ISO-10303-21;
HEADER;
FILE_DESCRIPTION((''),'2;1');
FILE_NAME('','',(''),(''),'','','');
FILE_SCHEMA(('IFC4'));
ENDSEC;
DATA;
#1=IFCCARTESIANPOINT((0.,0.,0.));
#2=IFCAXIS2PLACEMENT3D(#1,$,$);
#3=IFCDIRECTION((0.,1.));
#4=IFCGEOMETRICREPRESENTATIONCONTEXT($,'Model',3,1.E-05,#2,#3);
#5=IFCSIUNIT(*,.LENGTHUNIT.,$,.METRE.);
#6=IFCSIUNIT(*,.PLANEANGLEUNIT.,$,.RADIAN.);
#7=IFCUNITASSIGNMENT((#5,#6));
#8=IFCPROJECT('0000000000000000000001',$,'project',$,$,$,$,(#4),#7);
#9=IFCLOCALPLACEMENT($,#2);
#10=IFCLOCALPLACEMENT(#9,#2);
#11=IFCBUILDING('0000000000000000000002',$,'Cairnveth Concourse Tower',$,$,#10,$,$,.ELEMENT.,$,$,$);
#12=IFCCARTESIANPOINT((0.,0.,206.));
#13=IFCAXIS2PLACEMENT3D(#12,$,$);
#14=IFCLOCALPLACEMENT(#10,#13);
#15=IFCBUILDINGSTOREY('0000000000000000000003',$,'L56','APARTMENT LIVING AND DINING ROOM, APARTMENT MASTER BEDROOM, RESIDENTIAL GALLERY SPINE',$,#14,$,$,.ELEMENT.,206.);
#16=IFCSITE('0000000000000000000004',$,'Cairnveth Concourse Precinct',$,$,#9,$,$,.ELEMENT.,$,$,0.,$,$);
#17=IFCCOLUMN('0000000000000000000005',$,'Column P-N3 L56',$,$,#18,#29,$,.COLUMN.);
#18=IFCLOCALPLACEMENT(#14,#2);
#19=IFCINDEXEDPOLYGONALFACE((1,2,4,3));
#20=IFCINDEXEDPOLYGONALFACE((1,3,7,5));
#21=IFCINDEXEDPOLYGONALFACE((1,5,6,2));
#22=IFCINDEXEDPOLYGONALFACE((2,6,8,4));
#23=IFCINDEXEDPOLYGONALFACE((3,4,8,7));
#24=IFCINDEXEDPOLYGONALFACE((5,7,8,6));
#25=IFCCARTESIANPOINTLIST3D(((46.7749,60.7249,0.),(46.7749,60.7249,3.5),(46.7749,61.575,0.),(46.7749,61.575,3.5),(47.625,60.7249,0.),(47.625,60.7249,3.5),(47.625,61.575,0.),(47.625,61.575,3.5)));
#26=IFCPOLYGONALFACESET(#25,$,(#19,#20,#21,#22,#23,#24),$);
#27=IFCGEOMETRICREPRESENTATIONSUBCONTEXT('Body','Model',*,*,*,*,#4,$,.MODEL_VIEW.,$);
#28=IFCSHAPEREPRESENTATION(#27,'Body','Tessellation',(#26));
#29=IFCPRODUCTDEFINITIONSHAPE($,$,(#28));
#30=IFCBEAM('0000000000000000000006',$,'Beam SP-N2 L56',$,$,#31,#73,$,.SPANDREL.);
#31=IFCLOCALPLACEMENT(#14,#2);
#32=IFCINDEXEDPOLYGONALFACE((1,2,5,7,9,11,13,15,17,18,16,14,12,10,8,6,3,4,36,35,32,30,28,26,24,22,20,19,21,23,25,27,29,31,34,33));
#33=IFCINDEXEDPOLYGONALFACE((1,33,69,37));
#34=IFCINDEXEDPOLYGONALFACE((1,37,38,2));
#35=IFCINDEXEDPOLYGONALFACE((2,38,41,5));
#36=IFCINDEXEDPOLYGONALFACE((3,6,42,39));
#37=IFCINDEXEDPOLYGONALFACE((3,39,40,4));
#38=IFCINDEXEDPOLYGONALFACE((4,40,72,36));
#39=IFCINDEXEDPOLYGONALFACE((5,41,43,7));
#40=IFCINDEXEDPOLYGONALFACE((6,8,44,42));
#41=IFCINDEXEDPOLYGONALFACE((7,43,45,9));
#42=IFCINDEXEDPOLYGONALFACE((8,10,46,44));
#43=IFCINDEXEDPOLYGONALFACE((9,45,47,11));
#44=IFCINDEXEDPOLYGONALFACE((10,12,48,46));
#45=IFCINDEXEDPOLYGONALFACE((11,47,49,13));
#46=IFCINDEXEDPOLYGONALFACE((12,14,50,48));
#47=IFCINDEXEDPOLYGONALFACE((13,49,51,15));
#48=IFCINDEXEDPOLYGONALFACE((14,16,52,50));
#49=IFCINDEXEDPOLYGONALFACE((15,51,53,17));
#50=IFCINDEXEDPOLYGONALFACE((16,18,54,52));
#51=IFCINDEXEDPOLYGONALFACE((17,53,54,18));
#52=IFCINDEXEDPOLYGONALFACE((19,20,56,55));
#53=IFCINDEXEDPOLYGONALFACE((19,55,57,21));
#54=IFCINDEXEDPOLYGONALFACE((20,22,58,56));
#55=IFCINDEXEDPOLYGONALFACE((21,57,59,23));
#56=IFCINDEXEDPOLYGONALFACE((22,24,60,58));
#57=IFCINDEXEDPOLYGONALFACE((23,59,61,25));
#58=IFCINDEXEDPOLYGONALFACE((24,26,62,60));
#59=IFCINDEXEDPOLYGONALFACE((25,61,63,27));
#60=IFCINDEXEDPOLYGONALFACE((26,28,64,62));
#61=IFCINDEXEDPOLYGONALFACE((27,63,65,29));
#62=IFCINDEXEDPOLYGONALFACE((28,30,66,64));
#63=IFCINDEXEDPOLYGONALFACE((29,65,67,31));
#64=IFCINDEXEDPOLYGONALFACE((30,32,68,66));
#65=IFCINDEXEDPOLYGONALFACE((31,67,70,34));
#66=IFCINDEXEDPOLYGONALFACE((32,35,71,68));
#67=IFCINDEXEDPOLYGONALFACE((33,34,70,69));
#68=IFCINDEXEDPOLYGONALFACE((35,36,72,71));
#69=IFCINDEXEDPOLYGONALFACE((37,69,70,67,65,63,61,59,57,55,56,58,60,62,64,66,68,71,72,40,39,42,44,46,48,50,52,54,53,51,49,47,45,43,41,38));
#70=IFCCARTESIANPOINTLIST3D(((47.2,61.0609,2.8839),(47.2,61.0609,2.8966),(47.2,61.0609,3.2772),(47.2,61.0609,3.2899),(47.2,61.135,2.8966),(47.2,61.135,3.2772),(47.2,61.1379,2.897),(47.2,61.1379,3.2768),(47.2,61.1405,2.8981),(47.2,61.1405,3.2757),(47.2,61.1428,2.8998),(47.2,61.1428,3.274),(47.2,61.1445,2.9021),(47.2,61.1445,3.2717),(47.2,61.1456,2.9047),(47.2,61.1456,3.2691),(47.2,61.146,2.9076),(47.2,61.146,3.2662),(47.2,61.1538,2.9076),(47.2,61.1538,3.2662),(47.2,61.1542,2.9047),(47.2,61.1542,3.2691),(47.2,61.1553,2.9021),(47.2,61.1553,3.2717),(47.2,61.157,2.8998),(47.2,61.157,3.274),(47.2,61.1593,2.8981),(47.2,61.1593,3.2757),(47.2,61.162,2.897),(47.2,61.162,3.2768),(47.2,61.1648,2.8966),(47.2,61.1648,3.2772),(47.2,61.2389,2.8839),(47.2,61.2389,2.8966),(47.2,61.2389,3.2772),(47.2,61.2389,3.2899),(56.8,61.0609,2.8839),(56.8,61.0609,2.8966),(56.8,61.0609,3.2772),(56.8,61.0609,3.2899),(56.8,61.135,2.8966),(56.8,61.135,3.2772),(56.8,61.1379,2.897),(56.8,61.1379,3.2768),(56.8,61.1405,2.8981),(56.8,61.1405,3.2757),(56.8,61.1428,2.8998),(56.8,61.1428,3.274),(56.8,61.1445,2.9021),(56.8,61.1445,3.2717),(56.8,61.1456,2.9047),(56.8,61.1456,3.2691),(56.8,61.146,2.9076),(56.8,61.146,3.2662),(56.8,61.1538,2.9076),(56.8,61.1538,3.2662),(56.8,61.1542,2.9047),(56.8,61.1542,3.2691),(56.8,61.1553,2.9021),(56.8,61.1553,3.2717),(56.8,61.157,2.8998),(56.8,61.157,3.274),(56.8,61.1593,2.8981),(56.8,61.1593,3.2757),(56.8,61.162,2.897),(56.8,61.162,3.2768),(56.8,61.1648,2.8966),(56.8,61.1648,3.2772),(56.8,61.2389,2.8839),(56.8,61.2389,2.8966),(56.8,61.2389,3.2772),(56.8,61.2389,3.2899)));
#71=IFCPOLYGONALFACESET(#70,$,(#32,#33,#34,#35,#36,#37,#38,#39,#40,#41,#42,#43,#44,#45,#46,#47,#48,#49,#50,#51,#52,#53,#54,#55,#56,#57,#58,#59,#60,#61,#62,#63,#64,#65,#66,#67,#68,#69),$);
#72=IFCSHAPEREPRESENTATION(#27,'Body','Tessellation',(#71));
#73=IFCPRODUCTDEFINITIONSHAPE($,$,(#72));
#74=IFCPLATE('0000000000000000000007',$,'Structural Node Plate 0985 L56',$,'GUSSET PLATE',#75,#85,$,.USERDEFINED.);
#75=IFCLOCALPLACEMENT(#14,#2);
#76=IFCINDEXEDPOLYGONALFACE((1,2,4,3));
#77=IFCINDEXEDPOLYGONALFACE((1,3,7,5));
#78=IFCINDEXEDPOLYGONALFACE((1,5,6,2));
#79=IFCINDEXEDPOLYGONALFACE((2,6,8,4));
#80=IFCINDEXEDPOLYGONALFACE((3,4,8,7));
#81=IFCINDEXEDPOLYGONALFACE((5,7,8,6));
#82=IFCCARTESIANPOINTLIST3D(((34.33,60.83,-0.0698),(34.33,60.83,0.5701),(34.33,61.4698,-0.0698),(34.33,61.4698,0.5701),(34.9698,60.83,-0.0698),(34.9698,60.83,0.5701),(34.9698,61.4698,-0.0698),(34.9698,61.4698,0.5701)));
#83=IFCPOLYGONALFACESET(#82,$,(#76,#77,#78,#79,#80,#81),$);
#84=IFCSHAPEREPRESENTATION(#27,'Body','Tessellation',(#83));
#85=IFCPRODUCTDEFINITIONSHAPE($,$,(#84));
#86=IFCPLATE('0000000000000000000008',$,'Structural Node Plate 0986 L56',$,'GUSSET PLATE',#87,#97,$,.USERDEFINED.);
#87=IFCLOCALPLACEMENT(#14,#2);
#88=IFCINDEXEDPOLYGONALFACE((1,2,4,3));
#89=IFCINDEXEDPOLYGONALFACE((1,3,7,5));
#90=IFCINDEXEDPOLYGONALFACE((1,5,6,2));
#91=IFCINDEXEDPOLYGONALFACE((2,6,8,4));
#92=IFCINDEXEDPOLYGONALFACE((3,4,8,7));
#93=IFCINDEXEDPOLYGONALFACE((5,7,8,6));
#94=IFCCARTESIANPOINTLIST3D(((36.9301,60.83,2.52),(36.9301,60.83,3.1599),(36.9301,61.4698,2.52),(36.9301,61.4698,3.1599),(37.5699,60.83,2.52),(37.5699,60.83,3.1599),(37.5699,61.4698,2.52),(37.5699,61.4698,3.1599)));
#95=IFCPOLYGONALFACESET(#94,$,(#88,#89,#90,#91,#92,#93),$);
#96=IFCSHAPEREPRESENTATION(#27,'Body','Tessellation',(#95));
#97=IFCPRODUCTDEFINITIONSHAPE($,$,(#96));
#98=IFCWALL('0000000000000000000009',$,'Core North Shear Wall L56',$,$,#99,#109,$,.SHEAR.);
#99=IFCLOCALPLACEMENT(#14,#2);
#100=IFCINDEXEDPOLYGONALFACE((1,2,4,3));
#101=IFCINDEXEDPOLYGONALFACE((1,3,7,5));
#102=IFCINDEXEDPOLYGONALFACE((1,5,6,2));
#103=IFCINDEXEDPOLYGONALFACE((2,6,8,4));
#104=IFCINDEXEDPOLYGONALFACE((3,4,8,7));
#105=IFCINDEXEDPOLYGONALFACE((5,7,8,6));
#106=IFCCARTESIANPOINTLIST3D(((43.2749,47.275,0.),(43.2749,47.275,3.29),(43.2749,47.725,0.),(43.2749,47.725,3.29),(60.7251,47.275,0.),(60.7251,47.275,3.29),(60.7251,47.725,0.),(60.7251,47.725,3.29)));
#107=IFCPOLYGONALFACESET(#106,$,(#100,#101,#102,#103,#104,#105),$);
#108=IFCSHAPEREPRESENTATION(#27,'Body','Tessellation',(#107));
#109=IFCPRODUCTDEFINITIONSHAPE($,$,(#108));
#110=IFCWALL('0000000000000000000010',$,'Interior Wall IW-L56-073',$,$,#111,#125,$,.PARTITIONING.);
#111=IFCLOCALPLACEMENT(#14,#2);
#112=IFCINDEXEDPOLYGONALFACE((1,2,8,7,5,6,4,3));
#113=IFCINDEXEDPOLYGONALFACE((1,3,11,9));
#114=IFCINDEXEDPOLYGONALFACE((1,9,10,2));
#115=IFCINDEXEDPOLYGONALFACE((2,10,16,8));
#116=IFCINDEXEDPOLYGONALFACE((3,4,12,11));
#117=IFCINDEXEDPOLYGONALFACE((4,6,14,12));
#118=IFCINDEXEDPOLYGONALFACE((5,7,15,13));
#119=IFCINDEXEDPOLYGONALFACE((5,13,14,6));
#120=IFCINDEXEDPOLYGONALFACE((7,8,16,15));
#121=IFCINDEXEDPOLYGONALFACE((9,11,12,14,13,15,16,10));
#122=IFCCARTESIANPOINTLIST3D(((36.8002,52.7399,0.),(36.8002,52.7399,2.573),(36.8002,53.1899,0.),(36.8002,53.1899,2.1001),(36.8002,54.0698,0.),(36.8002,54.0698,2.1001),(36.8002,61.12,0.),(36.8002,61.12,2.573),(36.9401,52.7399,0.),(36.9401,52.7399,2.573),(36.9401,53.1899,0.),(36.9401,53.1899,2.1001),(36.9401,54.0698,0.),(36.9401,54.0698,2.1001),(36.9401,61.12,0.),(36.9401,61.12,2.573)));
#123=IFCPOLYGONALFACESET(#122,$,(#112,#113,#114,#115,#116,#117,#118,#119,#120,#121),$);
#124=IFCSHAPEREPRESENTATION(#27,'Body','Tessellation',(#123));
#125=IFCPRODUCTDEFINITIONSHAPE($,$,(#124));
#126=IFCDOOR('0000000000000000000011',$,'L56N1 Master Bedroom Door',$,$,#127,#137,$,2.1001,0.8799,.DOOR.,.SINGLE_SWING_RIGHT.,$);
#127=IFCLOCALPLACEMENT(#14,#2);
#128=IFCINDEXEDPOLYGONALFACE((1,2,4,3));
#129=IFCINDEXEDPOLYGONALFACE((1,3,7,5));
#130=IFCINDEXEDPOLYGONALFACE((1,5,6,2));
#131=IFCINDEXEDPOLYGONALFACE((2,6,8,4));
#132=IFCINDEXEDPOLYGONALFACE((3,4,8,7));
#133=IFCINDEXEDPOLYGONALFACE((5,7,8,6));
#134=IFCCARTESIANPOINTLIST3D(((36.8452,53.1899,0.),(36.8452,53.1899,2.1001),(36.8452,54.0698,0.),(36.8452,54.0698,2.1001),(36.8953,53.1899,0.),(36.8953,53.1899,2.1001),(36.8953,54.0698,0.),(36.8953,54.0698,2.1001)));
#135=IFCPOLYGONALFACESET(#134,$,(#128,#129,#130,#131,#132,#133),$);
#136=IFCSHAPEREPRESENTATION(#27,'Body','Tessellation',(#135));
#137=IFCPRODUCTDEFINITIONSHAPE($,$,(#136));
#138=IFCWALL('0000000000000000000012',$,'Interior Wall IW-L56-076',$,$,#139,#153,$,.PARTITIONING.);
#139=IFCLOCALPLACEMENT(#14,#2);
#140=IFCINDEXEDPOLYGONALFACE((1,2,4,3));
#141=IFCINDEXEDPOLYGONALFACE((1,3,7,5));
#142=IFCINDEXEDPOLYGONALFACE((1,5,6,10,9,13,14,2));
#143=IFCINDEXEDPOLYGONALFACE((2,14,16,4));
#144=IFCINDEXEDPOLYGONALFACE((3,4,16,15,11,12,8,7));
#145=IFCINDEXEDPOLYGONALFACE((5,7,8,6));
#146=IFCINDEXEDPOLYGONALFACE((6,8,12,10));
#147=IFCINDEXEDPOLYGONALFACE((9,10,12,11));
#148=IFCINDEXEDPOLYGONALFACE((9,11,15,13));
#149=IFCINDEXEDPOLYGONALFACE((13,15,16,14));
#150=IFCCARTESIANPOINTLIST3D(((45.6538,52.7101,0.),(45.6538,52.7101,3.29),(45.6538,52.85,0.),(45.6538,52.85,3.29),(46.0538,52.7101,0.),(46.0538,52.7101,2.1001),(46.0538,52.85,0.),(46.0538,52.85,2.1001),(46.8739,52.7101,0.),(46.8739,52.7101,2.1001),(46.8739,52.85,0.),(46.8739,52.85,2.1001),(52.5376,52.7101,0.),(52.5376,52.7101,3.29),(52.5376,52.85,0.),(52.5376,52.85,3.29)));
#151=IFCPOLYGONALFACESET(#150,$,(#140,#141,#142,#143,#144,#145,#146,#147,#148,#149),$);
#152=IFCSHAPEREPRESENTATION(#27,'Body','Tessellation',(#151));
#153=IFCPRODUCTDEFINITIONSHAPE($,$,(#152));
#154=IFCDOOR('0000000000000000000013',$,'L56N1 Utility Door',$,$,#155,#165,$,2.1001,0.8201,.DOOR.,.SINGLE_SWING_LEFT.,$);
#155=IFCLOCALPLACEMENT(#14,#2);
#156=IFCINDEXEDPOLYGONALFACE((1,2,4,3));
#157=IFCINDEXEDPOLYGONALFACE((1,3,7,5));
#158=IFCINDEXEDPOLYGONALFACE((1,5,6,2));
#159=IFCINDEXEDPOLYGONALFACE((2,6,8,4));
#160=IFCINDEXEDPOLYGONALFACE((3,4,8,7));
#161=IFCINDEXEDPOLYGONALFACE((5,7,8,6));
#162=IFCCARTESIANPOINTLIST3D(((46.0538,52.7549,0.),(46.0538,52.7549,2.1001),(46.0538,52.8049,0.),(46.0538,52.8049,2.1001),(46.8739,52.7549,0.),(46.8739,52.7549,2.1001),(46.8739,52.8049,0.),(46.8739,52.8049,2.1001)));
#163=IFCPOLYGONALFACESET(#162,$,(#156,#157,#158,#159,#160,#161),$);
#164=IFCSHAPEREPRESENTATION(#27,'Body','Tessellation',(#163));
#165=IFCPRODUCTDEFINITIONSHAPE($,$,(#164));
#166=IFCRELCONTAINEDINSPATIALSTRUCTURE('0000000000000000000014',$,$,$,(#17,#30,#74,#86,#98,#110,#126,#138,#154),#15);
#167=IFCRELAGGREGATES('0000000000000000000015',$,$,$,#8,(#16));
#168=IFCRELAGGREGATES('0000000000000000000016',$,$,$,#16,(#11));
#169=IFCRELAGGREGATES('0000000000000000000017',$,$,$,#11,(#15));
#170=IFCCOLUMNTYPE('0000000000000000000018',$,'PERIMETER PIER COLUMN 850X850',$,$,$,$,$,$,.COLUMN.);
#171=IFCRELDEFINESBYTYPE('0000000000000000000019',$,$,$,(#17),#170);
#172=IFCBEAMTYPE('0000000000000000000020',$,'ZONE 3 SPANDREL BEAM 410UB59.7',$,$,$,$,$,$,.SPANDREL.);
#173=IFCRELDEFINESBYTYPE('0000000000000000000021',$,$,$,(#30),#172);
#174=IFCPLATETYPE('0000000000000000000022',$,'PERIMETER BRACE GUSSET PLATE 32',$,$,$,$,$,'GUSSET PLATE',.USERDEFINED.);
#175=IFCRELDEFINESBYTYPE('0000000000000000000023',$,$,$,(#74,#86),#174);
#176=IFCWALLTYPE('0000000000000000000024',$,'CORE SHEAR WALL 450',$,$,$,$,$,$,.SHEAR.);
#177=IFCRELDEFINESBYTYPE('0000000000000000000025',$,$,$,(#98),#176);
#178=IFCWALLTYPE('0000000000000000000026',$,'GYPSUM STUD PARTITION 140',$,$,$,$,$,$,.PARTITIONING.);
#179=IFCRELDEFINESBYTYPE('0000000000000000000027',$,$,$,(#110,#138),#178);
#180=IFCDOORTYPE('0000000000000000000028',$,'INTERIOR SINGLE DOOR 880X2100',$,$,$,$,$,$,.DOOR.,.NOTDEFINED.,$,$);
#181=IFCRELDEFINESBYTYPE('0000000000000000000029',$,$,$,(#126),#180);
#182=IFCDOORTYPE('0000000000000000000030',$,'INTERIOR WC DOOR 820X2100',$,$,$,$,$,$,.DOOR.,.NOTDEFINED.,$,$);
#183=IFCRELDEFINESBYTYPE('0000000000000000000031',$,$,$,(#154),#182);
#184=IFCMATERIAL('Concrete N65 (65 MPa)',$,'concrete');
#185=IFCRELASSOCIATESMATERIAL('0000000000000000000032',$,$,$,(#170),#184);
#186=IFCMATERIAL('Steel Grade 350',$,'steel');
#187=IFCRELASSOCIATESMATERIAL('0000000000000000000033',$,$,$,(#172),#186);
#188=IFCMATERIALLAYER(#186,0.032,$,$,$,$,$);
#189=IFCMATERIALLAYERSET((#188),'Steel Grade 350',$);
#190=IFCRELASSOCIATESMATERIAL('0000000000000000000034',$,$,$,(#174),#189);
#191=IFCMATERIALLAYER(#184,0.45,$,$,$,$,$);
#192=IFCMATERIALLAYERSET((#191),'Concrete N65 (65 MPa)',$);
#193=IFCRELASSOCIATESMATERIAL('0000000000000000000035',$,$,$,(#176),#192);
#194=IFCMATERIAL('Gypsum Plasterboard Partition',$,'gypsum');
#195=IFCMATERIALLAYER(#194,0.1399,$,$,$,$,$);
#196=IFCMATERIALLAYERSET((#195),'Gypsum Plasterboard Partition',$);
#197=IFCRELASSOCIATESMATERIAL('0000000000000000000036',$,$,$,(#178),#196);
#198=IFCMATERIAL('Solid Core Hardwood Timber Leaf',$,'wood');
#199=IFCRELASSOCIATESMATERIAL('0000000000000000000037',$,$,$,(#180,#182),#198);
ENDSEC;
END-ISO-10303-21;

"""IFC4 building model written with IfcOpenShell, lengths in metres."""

from ifc_helpers import new_model, si_unit, direction, frame, frame_2d, origin, origin_2d, place, context, subcontext, project, spatial, rectangle, i_section, extrude, material, layer, layer_set, material_profile, profile_set, type_object, element, fill, save


model = new_model("IFC4")

# Units and contexts
model_context = context("Model", 3, precision=1e-05, world=origin(), true_north=direction((0.0, 1.0)))
body_context = subcontext(model_context, "Body", "Model", "MODEL_VIEW")
ifc_project = project(units=[si_unit("LENGTHUNIT", "METRE"), si_unit("PLANEANGLEUNIT", "RADIAN")], contexts=[model_context])

# Site, building, storey
site_placement = place(None, origin())
site = spatial("IfcSite", under=ifc_project, at=site_placement, Name="Cairnveth Concourse Precinct", CompositionType="ELEMENT", RefElevation=0.0)
building_placement = place(site_placement, origin())
building = spatial("IfcBuilding", under=site, at=building_placement, Name="Cairnveth Concourse Tower", CompositionType="ELEMENT")
storey_placement = place(building_placement, frame((0.0, 0.0, 206.0)))
storey = spatial("IfcBuildingStorey", under=building, at=storey_placement, Name="L56", Description="APARTMENT LIVING AND DINING ROOM, APARTMENT MASTER BEDROOM, RESIDENTIAL GALLERY SPINE", CompositionType="ELEMENT", Elevation=206.0)

# Column
ifc_material_1 = material(Name="Concrete N65 (65 MPa)", Category="concrete")
ifc_material_profile_1 = material_profile(ifc_material_1, rectangle(XDim=0.8501, YDim=0.8501, at=origin_2d()), Name="RC-COL-850x850")
ifc_profile_set_1 = profile_set([ifc_material_profile_1], Name="Concrete N65 (65 MPa)")
column_type = type_object("IfcColumnType", Name="PERIMETER PIER COLUMN 850X850", PredefinedType="COLUMN", material=ifc_profile_set_1)
column_placement = place(storey_placement, frame((47.2, 61.1499, 0.0), z_axis=(0.0, 0.0, 1.0), x_axis=(1.0, 0.0, 0.0)))
element("IfcColumn", 1, at=column_placement, inside=storey, type_object=column_type, Name="Column P-N3 L56", PredefinedType="COLUMN", context=body_context, shape_type="SweptSolid", body=[
    extrude(rectangle(XDim=0.8501, YDim=0.8501, at=origin_2d()), origin(), (0.0, 0.0, 1.0), 3.5),
])

# Beam
ifc_material_2 = material(Name="Steel Grade 350", Category="steel")
ifc_material_profile_2 = material_profile(ifc_material_2, i_section(OverallWidth=0.178, OverallDepth=0.406, WebThickness=0.0078, FlangeThickness=0.0127, FilletRadius=0.011, at=origin_2d()), Name="410UB59.7")
ifc_profile_set_2 = profile_set([ifc_material_profile_2], Name="Steel Grade 350")
beam_type = type_object("IfcBeamType", Name="ZONE 3 SPANDREL BEAM 410UB59.7", PredefinedType="SPANDREL", material=ifc_profile_set_2)
beam_placement = place(storey_placement, frame((47.2, 61.1499, 3.0869), z_axis=(1.0, 0.0, 0.0), x_axis=(0.0, 1.0, 0.0)))
element("IfcBeam", 2, at=beam_placement, inside=storey, type_object=beam_type, Name="Beam SP-N2 L56", PredefinedType="SPANDREL", context=body_context, shape_type="SweptSolid", body=[
    extrude(i_section(OverallWidth=0.178, OverallDepth=0.406, WebThickness=0.0078, FlangeThickness=0.0127, FilletRadius=0.011, at=origin_2d()), origin(), (0.0, 0.0, 1.0), 9.6001),
])

# Plates
ifc_layer_1 = layer(ifc_material_2, 0.032)
ifc_layer_set_1 = layer_set([ifc_layer_1], Name="Steel Grade 350")
plate_type = type_object("IfcPlateType", Name="PERIMETER BRACE GUSSET PLATE 32", ElementType="GUSSET PLATE", PredefinedType="USERDEFINED", material=ifc_layer_set_1)
for number, where, z_axis, x_axis, name in (
    (3, (34.6499, 61.1499, -0.0698), (0.0, 0.0, 1.0), (1.0, 0.0, 0.0), "Structural Node Plate 0985 L56"),
    (4, (37.25, 61.1499, 2.52), (0.0, 0.0, 1.0), (1.0, 0.0, 0.0), "Structural Node Plate 0986 L56"),
):
    element("IfcPlate", number, at=place(storey_placement, frame(where, z_axis=z_axis, x_axis=x_axis)), inside=storey, type_object=plate_type, Name=name, ObjectType="GUSSET PLATE", PredefinedType="USERDEFINED", context=body_context, shape_type="SweptSolid", body=[
        extrude(rectangle(XDim=0.6399, YDim=0.6399, at=origin_2d()), origin(), (0.0, 0.0, 1.0), 0.6399),
    ])

# Wall
ifc_layer_2 = layer(ifc_material_1, 0.45)
ifc_layer_set_2 = layer_set([ifc_layer_2], Name="Concrete N65 (65 MPa)")
wall_type_1 = type_object("IfcWallType", Name="CORE SHEAR WALL 450", PredefinedType="SHEAR", material=ifc_layer_set_2)
wall_1_placement = place(storey_placement, frame((43.2749, 47.5, 0.0), z_axis=(0.0, 0.0, 1.0), x_axis=(1.0, 0.0, 0.0)))
element("IfcWall", 5, at=wall_1_placement, inside=storey, type_object=wall_type_1, Name="Core North Shear Wall L56", PredefinedType="SHEAR", context=body_context, shape_type="SweptSolid", body=[
    extrude(rectangle(XDim=17.4502, YDim=0.45, at=frame_2d((8.7251, 0.0))), origin(), (0.0, 0.0, 1.0), 3.29),
])

# Walls, openings, doors
ifc_material_3 = material(Name="Gypsum Plasterboard Partition", Category="gypsum")
ifc_layer_3 = layer(ifc_material_3, 0.1399)
ifc_layer_set_3 = layer_set([ifc_layer_3], Name="Gypsum Plasterboard Partition")
wall_type_2 = type_object("IfcWallType", Name="GYPSUM STUD PARTITION 140", PredefinedType="PARTITIONING", material=ifc_layer_set_3)
wall_2_placement = place(storey_placement, frame((36.8701, 52.74, 0.0), z_axis=(0.0, 0.0, 1.0), x_axis=(0.0, 1.0, 0.0)))
wall_2 = element("IfcWall", 6, at=wall_2_placement, inside=storey, type_object=wall_type_2, Name="Interior Wall IW-L56-073", PredefinedType="PARTITIONING", context=body_context, shape_type="SweptSolid", body=[
    extrude(rectangle(XDim=8.3801, YDim=0.1399, at=frame_2d((4.1899, 0.0))), origin(), (0.0, 0.0, 1.0), 2.573),
])
opening_1_placement = place(wall_2_placement, frame((0.45, 0.0, 0.0)))
opening_1 = element("IfcOpeningElement", 7, at=opening_1_placement, cuts=wall_2, PredefinedType="OPENING", context=body_context, shape_type="SweptSolid", body=[
    extrude(rectangle(XDim=0.8799, YDim=2.1001, at=frame_2d((0.4399, 1.05))), frame((0.0, 0.0798, 0.0), z_axis=(0.0, -1.0, 0.0), x_axis=(1.0, 0.0, 0.0)), (0.0, 0.0, 1.0), 0.1599),
])
ifc_material_4 = material(Name="Solid Core Hardwood Timber Leaf", Category="wood")
door_type_1 = type_object("IfcDoorType", Name="INTERIOR SINGLE DOOR 880X2100", OperationType="NOTDEFINED", PredefinedType="DOOR", material=ifc_material_4)
door_1_placement = place(opening_1_placement, origin())
door_1 = element("IfcDoor", 8, at=door_1_placement, inside=storey, type_object=door_type_1, Name="L56N1 Master Bedroom Door", OperationType="SINGLE_SWING_RIGHT", OverallHeight=2.1001, OverallWidth=0.8799, PredefinedType="DOOR", context=body_context, shape_type="SweptSolid", body=[
    extrude(rectangle(XDim=0.8799, YDim=2.1001, at=frame_2d((0.4399, 1.05))), frame((0.0, 0.0249, 0.0), z_axis=(0.0, -1.0, 0.0), x_axis=(1.0, 0.0, 0.0)), (0.0, 0.0, 1.0), 0.05),
])
fill(opening_1, door_1)
wall_3_placement = place(storey_placement, frame((45.6538, 52.78, 0.0), z_axis=(0.0, 0.0, 1.0), x_axis=(1.0, 0.0, 0.0)))
wall_3 = element("IfcWall", 9, at=wall_3_placement, inside=storey, type_object=wall_type_2, Name="Interior Wall IW-L56-076", PredefinedType="PARTITIONING", context=body_context, shape_type="SweptSolid", body=[
    extrude(rectangle(XDim=6.8838, YDim=0.1399, at=frame_2d((3.4419, 0.0))), origin(), (0.0, 0.0, 1.0), 3.29),
])
opening_2_placement = place(wall_3_placement, frame((0.3999, 0.0, 0.0)))
opening_2 = element("IfcOpeningElement", 10, at=opening_2_placement, cuts=wall_3, PredefinedType="OPENING", context=body_context, shape_type="SweptSolid", body=[
    extrude(rectangle(XDim=0.8201, YDim=2.1001, at=frame_2d((0.4102, 1.05))), frame((0.0, 0.0798, 0.0), z_axis=(0.0, -1.0, 0.0), x_axis=(1.0, 0.0, 0.0)), (0.0, 0.0, 1.0), 0.1599),
])
door_type_2 = type_object("IfcDoorType", Name="INTERIOR WC DOOR 820X2100", OperationType="NOTDEFINED", PredefinedType="DOOR", material=ifc_material_4)
door_2_placement = place(opening_2_placement, origin())
door_2 = element("IfcDoor", 11, at=door_2_placement, inside=storey, type_object=door_type_2, Name="L56N1 Utility Door", OperationType="SINGLE_SWING_LEFT", OverallHeight=2.1001, OverallWidth=0.8201, PredefinedType="DOOR", context=body_context, shape_type="SweptSolid", body=[
    extrude(rectangle(XDim=0.8201, YDim=2.1001, at=frame_2d((0.4102, 1.05))), frame((0.0, 0.0249, 0.0), z_axis=(0.0, -1.0, 0.0), x_axis=(1.0, 0.0, 0.0)), (0.0, 0.0, 1.0), 0.05),
])
fill(opening_2, door_2)

save(model, "model.ifc")
